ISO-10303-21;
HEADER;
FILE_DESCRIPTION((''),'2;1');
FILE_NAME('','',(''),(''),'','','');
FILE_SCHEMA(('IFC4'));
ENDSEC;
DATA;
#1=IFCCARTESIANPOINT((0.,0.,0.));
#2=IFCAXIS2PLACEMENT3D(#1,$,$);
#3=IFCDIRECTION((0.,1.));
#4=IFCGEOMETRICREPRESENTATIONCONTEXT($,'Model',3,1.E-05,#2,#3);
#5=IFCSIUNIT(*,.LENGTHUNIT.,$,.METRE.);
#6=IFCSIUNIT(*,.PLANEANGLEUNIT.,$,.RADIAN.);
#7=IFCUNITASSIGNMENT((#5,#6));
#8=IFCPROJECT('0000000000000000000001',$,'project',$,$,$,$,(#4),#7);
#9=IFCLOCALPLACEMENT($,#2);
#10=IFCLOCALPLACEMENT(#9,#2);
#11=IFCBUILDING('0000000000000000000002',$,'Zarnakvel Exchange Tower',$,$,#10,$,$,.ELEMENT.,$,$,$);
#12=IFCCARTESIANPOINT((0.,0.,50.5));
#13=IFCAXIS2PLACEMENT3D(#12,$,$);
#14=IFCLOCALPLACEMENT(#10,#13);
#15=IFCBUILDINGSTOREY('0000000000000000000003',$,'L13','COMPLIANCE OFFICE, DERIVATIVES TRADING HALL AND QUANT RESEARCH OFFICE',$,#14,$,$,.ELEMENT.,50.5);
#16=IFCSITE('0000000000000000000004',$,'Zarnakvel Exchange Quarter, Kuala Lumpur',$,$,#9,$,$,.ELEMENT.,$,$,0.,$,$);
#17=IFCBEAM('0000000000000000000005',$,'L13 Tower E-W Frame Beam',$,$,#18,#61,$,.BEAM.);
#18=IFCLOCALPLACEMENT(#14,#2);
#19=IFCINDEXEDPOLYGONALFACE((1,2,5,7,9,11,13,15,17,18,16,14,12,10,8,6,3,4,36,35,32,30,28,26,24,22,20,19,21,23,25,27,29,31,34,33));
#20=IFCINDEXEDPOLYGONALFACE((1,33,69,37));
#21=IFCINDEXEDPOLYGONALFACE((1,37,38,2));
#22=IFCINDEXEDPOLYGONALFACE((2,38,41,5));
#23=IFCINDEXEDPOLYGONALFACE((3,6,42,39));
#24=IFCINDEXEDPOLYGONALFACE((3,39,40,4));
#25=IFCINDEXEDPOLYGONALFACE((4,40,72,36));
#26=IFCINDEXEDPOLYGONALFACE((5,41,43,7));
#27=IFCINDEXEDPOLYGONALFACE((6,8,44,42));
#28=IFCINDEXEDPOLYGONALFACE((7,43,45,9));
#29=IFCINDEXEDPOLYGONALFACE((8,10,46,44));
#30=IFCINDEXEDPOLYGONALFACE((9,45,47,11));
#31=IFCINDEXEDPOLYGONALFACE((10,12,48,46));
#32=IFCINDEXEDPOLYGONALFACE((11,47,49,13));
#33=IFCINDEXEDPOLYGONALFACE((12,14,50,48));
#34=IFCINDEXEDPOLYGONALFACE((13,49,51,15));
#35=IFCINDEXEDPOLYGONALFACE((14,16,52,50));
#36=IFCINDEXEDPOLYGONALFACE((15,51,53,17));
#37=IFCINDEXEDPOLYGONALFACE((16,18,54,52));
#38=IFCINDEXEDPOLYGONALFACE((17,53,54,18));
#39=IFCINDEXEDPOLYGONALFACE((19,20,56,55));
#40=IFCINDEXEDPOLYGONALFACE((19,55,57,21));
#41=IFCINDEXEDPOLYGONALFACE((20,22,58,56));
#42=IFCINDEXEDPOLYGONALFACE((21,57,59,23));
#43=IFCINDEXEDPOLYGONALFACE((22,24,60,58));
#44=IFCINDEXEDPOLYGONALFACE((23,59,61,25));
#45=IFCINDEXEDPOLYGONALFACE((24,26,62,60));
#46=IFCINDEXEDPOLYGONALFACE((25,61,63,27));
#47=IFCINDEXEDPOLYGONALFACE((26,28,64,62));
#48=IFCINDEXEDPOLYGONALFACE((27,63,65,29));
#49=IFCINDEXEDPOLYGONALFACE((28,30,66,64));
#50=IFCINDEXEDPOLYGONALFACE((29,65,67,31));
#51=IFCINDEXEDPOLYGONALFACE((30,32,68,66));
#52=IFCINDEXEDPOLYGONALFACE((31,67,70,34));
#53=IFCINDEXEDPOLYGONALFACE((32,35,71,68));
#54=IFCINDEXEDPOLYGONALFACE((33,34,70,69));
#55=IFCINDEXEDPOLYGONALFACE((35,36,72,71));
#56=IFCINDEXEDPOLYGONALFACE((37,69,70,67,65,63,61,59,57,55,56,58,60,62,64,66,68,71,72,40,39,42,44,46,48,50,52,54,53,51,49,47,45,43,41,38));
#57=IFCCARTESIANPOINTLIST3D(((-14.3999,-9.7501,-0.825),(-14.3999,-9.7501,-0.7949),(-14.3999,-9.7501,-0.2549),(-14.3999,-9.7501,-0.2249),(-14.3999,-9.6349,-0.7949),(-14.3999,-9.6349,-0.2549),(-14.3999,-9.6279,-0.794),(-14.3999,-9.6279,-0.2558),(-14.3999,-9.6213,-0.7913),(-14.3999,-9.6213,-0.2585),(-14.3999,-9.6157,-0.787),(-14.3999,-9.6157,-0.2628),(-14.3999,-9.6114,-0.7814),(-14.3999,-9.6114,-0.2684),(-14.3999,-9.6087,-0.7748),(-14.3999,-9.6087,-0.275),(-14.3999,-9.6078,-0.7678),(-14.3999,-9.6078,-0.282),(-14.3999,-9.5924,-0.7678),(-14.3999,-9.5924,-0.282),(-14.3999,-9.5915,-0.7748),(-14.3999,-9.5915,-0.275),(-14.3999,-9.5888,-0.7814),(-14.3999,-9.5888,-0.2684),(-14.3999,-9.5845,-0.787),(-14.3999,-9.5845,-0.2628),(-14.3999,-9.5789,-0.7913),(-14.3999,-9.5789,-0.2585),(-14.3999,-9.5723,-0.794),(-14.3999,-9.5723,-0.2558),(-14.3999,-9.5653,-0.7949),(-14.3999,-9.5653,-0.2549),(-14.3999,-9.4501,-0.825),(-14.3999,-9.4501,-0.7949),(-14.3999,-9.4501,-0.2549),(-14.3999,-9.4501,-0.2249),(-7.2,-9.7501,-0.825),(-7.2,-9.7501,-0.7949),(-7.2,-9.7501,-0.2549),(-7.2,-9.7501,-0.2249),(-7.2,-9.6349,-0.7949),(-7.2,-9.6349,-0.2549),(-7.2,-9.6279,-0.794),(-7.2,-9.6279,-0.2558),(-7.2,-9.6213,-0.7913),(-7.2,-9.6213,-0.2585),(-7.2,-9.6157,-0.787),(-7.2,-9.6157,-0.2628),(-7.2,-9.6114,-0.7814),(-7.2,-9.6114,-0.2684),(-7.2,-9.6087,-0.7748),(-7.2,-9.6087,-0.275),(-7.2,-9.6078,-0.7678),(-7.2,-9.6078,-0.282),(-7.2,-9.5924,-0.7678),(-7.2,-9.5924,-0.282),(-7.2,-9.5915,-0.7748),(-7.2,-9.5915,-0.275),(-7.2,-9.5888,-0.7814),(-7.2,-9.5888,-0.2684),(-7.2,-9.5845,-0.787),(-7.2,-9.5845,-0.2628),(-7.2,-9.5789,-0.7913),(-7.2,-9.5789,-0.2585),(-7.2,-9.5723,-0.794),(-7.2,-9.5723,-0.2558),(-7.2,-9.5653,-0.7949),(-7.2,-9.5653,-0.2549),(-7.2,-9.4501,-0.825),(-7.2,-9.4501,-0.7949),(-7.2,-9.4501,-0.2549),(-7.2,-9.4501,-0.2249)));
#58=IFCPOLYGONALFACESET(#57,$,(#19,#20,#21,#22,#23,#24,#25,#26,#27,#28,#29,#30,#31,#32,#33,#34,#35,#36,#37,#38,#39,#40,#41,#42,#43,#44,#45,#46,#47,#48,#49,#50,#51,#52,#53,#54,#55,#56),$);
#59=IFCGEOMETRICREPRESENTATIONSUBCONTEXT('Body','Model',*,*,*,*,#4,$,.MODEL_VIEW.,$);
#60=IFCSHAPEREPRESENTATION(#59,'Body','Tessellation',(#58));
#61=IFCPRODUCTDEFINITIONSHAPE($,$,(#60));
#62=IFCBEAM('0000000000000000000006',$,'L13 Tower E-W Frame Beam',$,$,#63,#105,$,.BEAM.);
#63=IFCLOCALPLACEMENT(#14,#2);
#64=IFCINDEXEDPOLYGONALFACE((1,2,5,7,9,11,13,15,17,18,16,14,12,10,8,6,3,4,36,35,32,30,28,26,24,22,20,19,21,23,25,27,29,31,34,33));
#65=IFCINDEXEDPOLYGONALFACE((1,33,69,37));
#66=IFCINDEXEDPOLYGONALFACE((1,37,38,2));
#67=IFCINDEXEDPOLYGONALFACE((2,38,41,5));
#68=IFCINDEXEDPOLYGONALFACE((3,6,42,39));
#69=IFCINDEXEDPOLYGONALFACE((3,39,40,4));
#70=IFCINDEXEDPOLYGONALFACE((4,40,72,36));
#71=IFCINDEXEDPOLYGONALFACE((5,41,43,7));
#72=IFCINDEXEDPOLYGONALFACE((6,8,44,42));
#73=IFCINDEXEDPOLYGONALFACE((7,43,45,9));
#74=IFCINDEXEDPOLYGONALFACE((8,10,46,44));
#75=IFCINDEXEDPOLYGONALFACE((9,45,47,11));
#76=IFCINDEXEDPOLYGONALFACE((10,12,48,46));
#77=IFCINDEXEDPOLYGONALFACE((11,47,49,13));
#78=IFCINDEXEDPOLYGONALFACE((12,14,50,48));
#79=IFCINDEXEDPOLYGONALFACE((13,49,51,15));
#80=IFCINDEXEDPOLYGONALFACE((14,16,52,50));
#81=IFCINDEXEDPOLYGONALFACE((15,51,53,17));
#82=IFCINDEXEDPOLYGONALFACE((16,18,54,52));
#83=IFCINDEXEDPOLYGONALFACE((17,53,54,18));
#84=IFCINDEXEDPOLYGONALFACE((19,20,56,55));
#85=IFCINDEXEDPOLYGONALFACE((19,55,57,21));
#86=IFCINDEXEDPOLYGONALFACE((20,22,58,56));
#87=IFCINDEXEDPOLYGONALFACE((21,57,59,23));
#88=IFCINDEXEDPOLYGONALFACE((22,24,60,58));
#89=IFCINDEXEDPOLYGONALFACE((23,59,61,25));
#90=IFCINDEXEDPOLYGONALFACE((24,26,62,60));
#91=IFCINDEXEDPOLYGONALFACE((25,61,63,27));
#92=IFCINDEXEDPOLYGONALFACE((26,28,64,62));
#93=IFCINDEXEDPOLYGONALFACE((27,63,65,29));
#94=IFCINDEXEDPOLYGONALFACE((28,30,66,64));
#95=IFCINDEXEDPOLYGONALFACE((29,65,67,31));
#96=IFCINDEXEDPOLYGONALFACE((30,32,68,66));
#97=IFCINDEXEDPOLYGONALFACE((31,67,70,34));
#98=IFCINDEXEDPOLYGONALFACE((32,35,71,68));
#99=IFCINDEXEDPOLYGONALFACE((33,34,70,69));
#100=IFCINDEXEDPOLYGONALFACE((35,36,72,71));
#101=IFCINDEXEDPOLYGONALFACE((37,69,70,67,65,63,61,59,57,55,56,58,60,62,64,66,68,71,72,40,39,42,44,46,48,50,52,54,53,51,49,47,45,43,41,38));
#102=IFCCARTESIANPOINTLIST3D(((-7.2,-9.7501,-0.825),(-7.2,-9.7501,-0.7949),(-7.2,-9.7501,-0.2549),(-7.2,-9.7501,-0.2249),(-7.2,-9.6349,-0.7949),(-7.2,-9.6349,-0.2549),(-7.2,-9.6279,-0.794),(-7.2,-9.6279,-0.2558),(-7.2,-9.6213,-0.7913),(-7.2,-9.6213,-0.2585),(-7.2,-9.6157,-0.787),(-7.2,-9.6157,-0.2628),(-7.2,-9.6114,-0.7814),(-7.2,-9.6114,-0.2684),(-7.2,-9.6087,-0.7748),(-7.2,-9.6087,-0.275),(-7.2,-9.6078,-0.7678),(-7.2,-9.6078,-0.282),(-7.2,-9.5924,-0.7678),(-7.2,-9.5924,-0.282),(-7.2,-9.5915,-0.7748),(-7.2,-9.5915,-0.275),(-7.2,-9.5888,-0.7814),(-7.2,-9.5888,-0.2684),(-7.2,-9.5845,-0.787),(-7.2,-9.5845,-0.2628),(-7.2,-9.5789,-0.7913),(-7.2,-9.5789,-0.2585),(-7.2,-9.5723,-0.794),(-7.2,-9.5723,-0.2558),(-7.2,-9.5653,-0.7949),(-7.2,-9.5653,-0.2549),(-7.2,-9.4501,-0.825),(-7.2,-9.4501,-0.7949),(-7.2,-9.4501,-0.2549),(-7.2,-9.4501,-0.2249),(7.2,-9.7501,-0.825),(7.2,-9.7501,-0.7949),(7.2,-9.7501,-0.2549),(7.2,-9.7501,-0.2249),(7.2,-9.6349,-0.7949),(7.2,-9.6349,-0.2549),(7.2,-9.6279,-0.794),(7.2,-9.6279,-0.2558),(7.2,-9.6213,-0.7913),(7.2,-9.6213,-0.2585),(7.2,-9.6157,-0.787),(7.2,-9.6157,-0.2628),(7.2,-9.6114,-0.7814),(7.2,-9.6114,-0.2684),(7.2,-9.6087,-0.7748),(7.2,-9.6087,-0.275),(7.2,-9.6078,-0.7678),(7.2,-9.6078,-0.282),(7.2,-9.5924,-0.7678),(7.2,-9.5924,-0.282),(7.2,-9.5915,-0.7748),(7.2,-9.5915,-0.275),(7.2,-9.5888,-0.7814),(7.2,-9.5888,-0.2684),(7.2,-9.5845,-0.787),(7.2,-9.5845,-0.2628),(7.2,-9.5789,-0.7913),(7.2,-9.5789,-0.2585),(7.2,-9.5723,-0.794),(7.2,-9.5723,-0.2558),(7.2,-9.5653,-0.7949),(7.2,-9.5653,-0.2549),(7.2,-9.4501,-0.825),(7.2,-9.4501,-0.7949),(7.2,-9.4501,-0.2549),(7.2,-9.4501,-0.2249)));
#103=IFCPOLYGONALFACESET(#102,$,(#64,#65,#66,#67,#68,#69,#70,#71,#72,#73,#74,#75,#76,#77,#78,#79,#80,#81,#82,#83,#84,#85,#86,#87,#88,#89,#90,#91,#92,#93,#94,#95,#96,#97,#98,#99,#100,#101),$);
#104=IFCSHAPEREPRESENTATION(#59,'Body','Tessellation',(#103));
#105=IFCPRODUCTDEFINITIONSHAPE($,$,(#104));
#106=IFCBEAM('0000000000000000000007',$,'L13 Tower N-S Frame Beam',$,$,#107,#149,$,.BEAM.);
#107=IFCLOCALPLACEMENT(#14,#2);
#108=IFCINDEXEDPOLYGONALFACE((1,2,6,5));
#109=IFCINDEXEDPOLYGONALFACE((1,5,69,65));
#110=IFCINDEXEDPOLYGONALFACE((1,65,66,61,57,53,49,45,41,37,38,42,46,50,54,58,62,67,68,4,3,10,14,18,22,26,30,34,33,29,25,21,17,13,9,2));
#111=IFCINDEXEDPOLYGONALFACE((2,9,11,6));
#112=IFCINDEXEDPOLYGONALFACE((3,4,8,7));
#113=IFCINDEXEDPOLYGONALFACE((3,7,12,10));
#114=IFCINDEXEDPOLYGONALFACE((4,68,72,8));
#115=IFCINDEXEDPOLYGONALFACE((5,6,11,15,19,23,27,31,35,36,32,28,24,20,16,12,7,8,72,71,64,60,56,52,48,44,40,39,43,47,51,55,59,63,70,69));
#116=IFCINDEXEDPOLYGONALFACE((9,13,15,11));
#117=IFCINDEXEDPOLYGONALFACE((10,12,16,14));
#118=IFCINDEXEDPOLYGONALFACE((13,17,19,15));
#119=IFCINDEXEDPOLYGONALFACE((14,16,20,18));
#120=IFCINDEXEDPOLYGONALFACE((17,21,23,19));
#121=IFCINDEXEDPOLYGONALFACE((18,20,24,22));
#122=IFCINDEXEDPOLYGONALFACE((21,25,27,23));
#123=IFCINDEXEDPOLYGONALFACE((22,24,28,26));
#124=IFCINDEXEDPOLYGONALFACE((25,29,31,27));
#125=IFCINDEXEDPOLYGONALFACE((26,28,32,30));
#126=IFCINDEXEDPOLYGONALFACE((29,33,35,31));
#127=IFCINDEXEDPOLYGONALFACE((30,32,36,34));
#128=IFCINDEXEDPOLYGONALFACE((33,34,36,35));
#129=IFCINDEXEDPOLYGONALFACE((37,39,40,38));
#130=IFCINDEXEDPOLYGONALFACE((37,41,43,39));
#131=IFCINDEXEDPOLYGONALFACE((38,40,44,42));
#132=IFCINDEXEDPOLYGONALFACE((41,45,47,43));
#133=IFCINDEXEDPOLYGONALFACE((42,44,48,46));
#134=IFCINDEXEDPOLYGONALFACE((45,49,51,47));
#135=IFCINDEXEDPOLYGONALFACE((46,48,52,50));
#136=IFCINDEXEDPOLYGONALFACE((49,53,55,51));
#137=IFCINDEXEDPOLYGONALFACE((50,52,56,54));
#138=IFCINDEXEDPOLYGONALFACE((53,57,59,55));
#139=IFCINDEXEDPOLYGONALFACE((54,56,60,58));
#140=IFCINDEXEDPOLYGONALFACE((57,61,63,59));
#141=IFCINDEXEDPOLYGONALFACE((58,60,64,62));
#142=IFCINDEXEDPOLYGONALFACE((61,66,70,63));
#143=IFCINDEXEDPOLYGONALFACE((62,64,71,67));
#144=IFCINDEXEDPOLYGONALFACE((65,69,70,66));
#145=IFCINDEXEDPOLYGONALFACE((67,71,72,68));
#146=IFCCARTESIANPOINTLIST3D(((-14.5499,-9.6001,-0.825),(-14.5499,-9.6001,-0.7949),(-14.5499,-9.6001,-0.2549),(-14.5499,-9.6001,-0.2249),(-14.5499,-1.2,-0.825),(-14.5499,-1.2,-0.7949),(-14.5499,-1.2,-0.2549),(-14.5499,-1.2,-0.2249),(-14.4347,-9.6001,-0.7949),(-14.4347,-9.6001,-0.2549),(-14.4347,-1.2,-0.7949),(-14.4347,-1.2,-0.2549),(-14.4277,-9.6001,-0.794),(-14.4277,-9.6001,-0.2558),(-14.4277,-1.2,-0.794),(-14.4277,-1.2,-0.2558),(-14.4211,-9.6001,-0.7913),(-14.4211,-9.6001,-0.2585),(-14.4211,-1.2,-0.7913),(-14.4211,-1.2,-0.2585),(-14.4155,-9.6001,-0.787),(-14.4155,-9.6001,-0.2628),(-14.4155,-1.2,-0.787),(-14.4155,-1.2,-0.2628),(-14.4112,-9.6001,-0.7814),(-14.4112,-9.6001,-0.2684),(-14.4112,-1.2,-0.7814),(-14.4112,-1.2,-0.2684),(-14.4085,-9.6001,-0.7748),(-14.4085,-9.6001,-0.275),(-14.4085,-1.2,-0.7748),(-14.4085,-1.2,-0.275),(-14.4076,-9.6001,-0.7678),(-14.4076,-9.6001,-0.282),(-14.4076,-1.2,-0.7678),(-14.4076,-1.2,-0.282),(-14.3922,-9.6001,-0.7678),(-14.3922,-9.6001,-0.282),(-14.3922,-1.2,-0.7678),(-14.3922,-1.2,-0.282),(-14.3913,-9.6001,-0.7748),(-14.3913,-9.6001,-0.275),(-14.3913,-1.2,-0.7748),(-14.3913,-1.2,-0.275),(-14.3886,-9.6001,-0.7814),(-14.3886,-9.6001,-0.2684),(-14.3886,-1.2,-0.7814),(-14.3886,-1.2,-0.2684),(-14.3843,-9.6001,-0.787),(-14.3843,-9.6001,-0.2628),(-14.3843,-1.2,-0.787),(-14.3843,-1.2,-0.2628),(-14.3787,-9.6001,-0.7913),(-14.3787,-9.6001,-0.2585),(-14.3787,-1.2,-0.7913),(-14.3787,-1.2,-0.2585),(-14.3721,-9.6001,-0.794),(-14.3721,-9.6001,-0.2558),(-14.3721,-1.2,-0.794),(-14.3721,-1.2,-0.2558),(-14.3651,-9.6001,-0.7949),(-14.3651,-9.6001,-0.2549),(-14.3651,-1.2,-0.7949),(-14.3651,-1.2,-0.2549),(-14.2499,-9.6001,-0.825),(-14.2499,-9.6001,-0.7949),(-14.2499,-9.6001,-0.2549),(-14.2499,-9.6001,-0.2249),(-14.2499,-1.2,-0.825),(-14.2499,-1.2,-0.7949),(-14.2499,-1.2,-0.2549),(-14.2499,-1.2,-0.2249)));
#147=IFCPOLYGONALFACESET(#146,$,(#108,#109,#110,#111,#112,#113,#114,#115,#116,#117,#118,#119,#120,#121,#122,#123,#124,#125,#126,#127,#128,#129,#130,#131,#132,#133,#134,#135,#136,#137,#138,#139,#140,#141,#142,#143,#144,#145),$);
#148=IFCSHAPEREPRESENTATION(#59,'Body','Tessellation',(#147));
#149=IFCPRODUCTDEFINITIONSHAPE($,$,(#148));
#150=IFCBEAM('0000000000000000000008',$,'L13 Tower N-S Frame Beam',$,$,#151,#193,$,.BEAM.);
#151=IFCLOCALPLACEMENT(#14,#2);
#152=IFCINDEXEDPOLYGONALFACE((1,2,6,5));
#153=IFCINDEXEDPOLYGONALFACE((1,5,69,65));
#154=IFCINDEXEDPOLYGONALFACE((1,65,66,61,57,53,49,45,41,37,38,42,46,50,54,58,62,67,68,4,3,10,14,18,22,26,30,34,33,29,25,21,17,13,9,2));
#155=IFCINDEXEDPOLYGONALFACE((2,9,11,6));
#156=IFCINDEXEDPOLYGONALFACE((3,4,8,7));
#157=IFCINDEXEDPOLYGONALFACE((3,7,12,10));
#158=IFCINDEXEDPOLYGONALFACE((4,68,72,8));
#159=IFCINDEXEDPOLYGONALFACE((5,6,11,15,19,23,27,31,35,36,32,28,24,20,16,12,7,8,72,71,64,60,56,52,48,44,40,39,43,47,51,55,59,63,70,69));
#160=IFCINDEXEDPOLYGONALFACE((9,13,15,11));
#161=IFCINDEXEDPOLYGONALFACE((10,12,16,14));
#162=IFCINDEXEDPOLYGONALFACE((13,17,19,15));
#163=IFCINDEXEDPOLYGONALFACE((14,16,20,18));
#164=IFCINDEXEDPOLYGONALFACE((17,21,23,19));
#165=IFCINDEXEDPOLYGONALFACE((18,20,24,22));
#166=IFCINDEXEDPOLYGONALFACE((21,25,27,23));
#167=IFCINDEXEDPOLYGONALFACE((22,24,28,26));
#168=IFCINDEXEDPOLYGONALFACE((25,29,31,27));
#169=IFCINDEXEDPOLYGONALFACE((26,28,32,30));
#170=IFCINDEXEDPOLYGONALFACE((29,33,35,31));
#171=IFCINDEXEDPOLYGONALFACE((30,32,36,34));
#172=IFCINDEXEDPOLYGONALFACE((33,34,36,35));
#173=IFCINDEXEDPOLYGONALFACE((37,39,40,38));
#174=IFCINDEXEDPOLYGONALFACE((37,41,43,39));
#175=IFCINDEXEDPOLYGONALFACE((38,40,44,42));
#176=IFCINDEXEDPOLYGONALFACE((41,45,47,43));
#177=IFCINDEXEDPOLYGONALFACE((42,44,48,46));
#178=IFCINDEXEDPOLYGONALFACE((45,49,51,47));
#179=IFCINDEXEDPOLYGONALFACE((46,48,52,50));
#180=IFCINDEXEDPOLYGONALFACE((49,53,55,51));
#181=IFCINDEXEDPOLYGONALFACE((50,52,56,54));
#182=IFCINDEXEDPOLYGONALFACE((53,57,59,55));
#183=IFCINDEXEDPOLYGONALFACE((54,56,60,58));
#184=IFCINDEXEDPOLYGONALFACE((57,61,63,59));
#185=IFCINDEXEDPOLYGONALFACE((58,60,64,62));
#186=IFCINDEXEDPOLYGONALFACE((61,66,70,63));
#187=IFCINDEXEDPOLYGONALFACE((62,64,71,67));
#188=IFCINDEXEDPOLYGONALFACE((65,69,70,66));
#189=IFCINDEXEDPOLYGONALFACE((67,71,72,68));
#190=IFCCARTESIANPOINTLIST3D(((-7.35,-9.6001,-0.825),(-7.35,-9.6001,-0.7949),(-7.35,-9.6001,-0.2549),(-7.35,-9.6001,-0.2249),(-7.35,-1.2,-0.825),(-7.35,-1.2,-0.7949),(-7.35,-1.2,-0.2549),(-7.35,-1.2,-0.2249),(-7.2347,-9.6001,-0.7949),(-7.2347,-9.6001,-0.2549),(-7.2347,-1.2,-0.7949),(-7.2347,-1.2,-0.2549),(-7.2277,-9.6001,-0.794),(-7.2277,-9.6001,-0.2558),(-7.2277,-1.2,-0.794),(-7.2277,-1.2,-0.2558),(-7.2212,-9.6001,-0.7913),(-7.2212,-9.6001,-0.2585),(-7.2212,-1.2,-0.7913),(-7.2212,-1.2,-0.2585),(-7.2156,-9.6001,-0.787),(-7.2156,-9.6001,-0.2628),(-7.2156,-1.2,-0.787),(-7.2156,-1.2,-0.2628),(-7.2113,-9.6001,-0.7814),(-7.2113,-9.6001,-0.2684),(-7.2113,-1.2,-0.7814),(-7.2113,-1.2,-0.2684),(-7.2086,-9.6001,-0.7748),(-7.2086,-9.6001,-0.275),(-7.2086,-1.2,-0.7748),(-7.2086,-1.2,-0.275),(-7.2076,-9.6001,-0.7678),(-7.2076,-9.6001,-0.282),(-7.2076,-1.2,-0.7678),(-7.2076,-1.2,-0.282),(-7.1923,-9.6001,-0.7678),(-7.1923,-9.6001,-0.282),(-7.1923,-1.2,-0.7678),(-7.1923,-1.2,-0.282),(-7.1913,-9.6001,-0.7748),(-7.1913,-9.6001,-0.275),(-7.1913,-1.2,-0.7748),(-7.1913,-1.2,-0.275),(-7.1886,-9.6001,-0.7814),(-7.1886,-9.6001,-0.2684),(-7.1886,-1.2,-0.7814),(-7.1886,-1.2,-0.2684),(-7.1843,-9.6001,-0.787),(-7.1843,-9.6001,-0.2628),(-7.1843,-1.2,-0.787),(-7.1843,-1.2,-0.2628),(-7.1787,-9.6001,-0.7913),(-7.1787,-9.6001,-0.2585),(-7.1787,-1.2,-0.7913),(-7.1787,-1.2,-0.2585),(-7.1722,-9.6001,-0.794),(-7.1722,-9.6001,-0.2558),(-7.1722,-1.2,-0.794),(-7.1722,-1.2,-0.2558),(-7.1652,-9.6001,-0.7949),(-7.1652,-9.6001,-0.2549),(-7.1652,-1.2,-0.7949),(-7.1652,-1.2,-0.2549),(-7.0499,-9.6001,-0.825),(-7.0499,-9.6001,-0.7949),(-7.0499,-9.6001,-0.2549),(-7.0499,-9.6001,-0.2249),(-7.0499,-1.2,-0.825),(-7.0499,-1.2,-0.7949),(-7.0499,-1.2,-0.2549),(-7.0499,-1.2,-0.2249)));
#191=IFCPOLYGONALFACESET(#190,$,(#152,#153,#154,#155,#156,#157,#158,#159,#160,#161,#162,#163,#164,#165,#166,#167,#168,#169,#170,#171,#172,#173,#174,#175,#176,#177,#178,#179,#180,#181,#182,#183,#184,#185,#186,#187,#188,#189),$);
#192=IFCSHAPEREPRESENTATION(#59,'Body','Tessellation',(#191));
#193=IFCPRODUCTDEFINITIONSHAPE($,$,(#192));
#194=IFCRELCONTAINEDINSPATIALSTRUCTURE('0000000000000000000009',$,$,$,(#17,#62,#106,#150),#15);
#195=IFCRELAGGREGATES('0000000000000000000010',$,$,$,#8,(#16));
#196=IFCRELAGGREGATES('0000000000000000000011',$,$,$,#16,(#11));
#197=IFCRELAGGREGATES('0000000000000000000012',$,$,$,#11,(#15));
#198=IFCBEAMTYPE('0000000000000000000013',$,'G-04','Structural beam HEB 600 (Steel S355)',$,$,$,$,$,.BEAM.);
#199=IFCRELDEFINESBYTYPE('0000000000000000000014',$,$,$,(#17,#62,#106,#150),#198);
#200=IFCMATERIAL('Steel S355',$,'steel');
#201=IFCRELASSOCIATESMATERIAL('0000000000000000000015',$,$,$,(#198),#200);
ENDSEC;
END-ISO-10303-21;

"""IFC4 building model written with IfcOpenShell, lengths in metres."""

from ifc_helpers import new_model, si_unit, direction, frame, origin, origin_2d, place, context, subcontext, project, spatial, i_section, extrude, material, material_profile, profile_set, type_object, element, save


model = new_model("IFC4")

# Units and contexts
model_context = context("Model", 3, precision=1e-05, world=origin(), true_north=direction((0.0, 1.0)))
body_context = subcontext(model_context, "Body", "Model", "MODEL_VIEW")
ifc_project = project(units=[si_unit("LENGTHUNIT", "METRE"), si_unit("PLANEANGLEUNIT", "RADIAN")], contexts=[model_context])

# Site, building, storey
site_placement = place(None, origin())
site = spatial("IfcSite", under=ifc_project, at=site_placement, Name="Zarnakvel Exchange Quarter, Kuala Lumpur", CompositionType="ELEMENT", RefElevation=0.0)
building_placement = place(site_placement, origin())
building = spatial("IfcBuilding", under=site, at=building_placement, Name="Zarnakvel Exchange Tower", CompositionType="ELEMENT")
storey_placement = place(building_placement, frame((0.0, 0.0, 50.5)))
storey = spatial("IfcBuildingStorey", under=building, at=storey_placement, Name="L13", Description="COMPLIANCE OFFICE, DERIVATIVES TRADING HALL AND QUANT RESEARCH OFFICE", CompositionType="ELEMENT", Elevation=50.5)

# Beams
ifc_material_1 = material(Name="Steel S355", Category="steel")
ifc_material_profile_1 = material_profile(ifc_material_1, i_section(OverallWidth=0.3, OverallDepth=0.6001, WebThickness=0.0154, FlangeThickness=0.03, FilletRadius=0.0271, at=origin_2d()))
ifc_profile_set_1 = profile_set([ifc_material_profile_1], Name="Steel S355")
beam_type_1 = type_object("IfcBeamType", Name="G-04", Description="Structural beam HEB 600 (Steel S355)", PredefinedType="BEAM", material=ifc_profile_set_1)
beam_1_placement = place(storey_placement, frame((-14.3999, -9.6001, -0.5249), z_axis=(1.0, 0.0, 0.0), x_axis=(0.0, 1.0, 0.0)))
element("IfcBeam", 1, at=beam_1_placement, inside=storey, type_object=beam_type_1, Name="L13 Tower E-W Frame Beam", PredefinedType="BEAM", context=body_context, shape_type="SweptSolid", body=[
    extrude(i_section(OverallWidth=0.3, OverallDepth=0.6001, WebThickness=0.0154, FlangeThickness=0.03, FilletRadius=0.0271, at=origin_2d()), origin(), (0.0, 0.0, 1.0), 7.2),
])
beam_2_placement = place(storey_placement, frame((-7.2, -9.6001, -0.5249), z_axis=(1.0, 0.0, 0.0), x_axis=(0.0, 1.0, 0.0)))
element("IfcBeam", 2, at=beam_2_placement, inside=storey, type_object=beam_type_1, Name="L13 Tower E-W Frame Beam", PredefinedType="BEAM", context=body_context, shape_type="SweptSolid", body=[
    extrude(i_section(OverallWidth=0.3, OverallDepth=0.6001, WebThickness=0.0154, FlangeThickness=0.03, FilletRadius=0.0271, at=origin_2d()), origin(), (0.0, 0.0, 1.0), 14.3999),
])
for number, where, z_axis, x_axis, name in (
    (3, (-14.3999, -9.6001, -0.5249), (0.0, 1.0, 0.0), (-1.0, 0.0, 0.0), "L13 Tower N-S Frame Beam"),
    (4, (-7.2, -9.6001, -0.5249), (0.0, 1.0, 0.0), (-1.0, 0.0, 0.0), "L13 Tower N-S Frame Beam"),
):
    element("IfcBeam", number, at=place(storey_placement, frame(where, z_axis=z_axis, x_axis=x_axis)), inside=storey, type_object=beam_type_1, Name=name, PredefinedType="BEAM", context=body_context, shape_type="SweptSolid", body=[
        extrude(i_section(OverallWidth=0.3, OverallDepth=0.6001, WebThickness=0.0154, FlangeThickness=0.03, FilletRadius=0.0271, at=origin_2d()), origin(), (0.0, 0.0, 1.0), 8.4001),
    ])

save(model, "model.ifc")
